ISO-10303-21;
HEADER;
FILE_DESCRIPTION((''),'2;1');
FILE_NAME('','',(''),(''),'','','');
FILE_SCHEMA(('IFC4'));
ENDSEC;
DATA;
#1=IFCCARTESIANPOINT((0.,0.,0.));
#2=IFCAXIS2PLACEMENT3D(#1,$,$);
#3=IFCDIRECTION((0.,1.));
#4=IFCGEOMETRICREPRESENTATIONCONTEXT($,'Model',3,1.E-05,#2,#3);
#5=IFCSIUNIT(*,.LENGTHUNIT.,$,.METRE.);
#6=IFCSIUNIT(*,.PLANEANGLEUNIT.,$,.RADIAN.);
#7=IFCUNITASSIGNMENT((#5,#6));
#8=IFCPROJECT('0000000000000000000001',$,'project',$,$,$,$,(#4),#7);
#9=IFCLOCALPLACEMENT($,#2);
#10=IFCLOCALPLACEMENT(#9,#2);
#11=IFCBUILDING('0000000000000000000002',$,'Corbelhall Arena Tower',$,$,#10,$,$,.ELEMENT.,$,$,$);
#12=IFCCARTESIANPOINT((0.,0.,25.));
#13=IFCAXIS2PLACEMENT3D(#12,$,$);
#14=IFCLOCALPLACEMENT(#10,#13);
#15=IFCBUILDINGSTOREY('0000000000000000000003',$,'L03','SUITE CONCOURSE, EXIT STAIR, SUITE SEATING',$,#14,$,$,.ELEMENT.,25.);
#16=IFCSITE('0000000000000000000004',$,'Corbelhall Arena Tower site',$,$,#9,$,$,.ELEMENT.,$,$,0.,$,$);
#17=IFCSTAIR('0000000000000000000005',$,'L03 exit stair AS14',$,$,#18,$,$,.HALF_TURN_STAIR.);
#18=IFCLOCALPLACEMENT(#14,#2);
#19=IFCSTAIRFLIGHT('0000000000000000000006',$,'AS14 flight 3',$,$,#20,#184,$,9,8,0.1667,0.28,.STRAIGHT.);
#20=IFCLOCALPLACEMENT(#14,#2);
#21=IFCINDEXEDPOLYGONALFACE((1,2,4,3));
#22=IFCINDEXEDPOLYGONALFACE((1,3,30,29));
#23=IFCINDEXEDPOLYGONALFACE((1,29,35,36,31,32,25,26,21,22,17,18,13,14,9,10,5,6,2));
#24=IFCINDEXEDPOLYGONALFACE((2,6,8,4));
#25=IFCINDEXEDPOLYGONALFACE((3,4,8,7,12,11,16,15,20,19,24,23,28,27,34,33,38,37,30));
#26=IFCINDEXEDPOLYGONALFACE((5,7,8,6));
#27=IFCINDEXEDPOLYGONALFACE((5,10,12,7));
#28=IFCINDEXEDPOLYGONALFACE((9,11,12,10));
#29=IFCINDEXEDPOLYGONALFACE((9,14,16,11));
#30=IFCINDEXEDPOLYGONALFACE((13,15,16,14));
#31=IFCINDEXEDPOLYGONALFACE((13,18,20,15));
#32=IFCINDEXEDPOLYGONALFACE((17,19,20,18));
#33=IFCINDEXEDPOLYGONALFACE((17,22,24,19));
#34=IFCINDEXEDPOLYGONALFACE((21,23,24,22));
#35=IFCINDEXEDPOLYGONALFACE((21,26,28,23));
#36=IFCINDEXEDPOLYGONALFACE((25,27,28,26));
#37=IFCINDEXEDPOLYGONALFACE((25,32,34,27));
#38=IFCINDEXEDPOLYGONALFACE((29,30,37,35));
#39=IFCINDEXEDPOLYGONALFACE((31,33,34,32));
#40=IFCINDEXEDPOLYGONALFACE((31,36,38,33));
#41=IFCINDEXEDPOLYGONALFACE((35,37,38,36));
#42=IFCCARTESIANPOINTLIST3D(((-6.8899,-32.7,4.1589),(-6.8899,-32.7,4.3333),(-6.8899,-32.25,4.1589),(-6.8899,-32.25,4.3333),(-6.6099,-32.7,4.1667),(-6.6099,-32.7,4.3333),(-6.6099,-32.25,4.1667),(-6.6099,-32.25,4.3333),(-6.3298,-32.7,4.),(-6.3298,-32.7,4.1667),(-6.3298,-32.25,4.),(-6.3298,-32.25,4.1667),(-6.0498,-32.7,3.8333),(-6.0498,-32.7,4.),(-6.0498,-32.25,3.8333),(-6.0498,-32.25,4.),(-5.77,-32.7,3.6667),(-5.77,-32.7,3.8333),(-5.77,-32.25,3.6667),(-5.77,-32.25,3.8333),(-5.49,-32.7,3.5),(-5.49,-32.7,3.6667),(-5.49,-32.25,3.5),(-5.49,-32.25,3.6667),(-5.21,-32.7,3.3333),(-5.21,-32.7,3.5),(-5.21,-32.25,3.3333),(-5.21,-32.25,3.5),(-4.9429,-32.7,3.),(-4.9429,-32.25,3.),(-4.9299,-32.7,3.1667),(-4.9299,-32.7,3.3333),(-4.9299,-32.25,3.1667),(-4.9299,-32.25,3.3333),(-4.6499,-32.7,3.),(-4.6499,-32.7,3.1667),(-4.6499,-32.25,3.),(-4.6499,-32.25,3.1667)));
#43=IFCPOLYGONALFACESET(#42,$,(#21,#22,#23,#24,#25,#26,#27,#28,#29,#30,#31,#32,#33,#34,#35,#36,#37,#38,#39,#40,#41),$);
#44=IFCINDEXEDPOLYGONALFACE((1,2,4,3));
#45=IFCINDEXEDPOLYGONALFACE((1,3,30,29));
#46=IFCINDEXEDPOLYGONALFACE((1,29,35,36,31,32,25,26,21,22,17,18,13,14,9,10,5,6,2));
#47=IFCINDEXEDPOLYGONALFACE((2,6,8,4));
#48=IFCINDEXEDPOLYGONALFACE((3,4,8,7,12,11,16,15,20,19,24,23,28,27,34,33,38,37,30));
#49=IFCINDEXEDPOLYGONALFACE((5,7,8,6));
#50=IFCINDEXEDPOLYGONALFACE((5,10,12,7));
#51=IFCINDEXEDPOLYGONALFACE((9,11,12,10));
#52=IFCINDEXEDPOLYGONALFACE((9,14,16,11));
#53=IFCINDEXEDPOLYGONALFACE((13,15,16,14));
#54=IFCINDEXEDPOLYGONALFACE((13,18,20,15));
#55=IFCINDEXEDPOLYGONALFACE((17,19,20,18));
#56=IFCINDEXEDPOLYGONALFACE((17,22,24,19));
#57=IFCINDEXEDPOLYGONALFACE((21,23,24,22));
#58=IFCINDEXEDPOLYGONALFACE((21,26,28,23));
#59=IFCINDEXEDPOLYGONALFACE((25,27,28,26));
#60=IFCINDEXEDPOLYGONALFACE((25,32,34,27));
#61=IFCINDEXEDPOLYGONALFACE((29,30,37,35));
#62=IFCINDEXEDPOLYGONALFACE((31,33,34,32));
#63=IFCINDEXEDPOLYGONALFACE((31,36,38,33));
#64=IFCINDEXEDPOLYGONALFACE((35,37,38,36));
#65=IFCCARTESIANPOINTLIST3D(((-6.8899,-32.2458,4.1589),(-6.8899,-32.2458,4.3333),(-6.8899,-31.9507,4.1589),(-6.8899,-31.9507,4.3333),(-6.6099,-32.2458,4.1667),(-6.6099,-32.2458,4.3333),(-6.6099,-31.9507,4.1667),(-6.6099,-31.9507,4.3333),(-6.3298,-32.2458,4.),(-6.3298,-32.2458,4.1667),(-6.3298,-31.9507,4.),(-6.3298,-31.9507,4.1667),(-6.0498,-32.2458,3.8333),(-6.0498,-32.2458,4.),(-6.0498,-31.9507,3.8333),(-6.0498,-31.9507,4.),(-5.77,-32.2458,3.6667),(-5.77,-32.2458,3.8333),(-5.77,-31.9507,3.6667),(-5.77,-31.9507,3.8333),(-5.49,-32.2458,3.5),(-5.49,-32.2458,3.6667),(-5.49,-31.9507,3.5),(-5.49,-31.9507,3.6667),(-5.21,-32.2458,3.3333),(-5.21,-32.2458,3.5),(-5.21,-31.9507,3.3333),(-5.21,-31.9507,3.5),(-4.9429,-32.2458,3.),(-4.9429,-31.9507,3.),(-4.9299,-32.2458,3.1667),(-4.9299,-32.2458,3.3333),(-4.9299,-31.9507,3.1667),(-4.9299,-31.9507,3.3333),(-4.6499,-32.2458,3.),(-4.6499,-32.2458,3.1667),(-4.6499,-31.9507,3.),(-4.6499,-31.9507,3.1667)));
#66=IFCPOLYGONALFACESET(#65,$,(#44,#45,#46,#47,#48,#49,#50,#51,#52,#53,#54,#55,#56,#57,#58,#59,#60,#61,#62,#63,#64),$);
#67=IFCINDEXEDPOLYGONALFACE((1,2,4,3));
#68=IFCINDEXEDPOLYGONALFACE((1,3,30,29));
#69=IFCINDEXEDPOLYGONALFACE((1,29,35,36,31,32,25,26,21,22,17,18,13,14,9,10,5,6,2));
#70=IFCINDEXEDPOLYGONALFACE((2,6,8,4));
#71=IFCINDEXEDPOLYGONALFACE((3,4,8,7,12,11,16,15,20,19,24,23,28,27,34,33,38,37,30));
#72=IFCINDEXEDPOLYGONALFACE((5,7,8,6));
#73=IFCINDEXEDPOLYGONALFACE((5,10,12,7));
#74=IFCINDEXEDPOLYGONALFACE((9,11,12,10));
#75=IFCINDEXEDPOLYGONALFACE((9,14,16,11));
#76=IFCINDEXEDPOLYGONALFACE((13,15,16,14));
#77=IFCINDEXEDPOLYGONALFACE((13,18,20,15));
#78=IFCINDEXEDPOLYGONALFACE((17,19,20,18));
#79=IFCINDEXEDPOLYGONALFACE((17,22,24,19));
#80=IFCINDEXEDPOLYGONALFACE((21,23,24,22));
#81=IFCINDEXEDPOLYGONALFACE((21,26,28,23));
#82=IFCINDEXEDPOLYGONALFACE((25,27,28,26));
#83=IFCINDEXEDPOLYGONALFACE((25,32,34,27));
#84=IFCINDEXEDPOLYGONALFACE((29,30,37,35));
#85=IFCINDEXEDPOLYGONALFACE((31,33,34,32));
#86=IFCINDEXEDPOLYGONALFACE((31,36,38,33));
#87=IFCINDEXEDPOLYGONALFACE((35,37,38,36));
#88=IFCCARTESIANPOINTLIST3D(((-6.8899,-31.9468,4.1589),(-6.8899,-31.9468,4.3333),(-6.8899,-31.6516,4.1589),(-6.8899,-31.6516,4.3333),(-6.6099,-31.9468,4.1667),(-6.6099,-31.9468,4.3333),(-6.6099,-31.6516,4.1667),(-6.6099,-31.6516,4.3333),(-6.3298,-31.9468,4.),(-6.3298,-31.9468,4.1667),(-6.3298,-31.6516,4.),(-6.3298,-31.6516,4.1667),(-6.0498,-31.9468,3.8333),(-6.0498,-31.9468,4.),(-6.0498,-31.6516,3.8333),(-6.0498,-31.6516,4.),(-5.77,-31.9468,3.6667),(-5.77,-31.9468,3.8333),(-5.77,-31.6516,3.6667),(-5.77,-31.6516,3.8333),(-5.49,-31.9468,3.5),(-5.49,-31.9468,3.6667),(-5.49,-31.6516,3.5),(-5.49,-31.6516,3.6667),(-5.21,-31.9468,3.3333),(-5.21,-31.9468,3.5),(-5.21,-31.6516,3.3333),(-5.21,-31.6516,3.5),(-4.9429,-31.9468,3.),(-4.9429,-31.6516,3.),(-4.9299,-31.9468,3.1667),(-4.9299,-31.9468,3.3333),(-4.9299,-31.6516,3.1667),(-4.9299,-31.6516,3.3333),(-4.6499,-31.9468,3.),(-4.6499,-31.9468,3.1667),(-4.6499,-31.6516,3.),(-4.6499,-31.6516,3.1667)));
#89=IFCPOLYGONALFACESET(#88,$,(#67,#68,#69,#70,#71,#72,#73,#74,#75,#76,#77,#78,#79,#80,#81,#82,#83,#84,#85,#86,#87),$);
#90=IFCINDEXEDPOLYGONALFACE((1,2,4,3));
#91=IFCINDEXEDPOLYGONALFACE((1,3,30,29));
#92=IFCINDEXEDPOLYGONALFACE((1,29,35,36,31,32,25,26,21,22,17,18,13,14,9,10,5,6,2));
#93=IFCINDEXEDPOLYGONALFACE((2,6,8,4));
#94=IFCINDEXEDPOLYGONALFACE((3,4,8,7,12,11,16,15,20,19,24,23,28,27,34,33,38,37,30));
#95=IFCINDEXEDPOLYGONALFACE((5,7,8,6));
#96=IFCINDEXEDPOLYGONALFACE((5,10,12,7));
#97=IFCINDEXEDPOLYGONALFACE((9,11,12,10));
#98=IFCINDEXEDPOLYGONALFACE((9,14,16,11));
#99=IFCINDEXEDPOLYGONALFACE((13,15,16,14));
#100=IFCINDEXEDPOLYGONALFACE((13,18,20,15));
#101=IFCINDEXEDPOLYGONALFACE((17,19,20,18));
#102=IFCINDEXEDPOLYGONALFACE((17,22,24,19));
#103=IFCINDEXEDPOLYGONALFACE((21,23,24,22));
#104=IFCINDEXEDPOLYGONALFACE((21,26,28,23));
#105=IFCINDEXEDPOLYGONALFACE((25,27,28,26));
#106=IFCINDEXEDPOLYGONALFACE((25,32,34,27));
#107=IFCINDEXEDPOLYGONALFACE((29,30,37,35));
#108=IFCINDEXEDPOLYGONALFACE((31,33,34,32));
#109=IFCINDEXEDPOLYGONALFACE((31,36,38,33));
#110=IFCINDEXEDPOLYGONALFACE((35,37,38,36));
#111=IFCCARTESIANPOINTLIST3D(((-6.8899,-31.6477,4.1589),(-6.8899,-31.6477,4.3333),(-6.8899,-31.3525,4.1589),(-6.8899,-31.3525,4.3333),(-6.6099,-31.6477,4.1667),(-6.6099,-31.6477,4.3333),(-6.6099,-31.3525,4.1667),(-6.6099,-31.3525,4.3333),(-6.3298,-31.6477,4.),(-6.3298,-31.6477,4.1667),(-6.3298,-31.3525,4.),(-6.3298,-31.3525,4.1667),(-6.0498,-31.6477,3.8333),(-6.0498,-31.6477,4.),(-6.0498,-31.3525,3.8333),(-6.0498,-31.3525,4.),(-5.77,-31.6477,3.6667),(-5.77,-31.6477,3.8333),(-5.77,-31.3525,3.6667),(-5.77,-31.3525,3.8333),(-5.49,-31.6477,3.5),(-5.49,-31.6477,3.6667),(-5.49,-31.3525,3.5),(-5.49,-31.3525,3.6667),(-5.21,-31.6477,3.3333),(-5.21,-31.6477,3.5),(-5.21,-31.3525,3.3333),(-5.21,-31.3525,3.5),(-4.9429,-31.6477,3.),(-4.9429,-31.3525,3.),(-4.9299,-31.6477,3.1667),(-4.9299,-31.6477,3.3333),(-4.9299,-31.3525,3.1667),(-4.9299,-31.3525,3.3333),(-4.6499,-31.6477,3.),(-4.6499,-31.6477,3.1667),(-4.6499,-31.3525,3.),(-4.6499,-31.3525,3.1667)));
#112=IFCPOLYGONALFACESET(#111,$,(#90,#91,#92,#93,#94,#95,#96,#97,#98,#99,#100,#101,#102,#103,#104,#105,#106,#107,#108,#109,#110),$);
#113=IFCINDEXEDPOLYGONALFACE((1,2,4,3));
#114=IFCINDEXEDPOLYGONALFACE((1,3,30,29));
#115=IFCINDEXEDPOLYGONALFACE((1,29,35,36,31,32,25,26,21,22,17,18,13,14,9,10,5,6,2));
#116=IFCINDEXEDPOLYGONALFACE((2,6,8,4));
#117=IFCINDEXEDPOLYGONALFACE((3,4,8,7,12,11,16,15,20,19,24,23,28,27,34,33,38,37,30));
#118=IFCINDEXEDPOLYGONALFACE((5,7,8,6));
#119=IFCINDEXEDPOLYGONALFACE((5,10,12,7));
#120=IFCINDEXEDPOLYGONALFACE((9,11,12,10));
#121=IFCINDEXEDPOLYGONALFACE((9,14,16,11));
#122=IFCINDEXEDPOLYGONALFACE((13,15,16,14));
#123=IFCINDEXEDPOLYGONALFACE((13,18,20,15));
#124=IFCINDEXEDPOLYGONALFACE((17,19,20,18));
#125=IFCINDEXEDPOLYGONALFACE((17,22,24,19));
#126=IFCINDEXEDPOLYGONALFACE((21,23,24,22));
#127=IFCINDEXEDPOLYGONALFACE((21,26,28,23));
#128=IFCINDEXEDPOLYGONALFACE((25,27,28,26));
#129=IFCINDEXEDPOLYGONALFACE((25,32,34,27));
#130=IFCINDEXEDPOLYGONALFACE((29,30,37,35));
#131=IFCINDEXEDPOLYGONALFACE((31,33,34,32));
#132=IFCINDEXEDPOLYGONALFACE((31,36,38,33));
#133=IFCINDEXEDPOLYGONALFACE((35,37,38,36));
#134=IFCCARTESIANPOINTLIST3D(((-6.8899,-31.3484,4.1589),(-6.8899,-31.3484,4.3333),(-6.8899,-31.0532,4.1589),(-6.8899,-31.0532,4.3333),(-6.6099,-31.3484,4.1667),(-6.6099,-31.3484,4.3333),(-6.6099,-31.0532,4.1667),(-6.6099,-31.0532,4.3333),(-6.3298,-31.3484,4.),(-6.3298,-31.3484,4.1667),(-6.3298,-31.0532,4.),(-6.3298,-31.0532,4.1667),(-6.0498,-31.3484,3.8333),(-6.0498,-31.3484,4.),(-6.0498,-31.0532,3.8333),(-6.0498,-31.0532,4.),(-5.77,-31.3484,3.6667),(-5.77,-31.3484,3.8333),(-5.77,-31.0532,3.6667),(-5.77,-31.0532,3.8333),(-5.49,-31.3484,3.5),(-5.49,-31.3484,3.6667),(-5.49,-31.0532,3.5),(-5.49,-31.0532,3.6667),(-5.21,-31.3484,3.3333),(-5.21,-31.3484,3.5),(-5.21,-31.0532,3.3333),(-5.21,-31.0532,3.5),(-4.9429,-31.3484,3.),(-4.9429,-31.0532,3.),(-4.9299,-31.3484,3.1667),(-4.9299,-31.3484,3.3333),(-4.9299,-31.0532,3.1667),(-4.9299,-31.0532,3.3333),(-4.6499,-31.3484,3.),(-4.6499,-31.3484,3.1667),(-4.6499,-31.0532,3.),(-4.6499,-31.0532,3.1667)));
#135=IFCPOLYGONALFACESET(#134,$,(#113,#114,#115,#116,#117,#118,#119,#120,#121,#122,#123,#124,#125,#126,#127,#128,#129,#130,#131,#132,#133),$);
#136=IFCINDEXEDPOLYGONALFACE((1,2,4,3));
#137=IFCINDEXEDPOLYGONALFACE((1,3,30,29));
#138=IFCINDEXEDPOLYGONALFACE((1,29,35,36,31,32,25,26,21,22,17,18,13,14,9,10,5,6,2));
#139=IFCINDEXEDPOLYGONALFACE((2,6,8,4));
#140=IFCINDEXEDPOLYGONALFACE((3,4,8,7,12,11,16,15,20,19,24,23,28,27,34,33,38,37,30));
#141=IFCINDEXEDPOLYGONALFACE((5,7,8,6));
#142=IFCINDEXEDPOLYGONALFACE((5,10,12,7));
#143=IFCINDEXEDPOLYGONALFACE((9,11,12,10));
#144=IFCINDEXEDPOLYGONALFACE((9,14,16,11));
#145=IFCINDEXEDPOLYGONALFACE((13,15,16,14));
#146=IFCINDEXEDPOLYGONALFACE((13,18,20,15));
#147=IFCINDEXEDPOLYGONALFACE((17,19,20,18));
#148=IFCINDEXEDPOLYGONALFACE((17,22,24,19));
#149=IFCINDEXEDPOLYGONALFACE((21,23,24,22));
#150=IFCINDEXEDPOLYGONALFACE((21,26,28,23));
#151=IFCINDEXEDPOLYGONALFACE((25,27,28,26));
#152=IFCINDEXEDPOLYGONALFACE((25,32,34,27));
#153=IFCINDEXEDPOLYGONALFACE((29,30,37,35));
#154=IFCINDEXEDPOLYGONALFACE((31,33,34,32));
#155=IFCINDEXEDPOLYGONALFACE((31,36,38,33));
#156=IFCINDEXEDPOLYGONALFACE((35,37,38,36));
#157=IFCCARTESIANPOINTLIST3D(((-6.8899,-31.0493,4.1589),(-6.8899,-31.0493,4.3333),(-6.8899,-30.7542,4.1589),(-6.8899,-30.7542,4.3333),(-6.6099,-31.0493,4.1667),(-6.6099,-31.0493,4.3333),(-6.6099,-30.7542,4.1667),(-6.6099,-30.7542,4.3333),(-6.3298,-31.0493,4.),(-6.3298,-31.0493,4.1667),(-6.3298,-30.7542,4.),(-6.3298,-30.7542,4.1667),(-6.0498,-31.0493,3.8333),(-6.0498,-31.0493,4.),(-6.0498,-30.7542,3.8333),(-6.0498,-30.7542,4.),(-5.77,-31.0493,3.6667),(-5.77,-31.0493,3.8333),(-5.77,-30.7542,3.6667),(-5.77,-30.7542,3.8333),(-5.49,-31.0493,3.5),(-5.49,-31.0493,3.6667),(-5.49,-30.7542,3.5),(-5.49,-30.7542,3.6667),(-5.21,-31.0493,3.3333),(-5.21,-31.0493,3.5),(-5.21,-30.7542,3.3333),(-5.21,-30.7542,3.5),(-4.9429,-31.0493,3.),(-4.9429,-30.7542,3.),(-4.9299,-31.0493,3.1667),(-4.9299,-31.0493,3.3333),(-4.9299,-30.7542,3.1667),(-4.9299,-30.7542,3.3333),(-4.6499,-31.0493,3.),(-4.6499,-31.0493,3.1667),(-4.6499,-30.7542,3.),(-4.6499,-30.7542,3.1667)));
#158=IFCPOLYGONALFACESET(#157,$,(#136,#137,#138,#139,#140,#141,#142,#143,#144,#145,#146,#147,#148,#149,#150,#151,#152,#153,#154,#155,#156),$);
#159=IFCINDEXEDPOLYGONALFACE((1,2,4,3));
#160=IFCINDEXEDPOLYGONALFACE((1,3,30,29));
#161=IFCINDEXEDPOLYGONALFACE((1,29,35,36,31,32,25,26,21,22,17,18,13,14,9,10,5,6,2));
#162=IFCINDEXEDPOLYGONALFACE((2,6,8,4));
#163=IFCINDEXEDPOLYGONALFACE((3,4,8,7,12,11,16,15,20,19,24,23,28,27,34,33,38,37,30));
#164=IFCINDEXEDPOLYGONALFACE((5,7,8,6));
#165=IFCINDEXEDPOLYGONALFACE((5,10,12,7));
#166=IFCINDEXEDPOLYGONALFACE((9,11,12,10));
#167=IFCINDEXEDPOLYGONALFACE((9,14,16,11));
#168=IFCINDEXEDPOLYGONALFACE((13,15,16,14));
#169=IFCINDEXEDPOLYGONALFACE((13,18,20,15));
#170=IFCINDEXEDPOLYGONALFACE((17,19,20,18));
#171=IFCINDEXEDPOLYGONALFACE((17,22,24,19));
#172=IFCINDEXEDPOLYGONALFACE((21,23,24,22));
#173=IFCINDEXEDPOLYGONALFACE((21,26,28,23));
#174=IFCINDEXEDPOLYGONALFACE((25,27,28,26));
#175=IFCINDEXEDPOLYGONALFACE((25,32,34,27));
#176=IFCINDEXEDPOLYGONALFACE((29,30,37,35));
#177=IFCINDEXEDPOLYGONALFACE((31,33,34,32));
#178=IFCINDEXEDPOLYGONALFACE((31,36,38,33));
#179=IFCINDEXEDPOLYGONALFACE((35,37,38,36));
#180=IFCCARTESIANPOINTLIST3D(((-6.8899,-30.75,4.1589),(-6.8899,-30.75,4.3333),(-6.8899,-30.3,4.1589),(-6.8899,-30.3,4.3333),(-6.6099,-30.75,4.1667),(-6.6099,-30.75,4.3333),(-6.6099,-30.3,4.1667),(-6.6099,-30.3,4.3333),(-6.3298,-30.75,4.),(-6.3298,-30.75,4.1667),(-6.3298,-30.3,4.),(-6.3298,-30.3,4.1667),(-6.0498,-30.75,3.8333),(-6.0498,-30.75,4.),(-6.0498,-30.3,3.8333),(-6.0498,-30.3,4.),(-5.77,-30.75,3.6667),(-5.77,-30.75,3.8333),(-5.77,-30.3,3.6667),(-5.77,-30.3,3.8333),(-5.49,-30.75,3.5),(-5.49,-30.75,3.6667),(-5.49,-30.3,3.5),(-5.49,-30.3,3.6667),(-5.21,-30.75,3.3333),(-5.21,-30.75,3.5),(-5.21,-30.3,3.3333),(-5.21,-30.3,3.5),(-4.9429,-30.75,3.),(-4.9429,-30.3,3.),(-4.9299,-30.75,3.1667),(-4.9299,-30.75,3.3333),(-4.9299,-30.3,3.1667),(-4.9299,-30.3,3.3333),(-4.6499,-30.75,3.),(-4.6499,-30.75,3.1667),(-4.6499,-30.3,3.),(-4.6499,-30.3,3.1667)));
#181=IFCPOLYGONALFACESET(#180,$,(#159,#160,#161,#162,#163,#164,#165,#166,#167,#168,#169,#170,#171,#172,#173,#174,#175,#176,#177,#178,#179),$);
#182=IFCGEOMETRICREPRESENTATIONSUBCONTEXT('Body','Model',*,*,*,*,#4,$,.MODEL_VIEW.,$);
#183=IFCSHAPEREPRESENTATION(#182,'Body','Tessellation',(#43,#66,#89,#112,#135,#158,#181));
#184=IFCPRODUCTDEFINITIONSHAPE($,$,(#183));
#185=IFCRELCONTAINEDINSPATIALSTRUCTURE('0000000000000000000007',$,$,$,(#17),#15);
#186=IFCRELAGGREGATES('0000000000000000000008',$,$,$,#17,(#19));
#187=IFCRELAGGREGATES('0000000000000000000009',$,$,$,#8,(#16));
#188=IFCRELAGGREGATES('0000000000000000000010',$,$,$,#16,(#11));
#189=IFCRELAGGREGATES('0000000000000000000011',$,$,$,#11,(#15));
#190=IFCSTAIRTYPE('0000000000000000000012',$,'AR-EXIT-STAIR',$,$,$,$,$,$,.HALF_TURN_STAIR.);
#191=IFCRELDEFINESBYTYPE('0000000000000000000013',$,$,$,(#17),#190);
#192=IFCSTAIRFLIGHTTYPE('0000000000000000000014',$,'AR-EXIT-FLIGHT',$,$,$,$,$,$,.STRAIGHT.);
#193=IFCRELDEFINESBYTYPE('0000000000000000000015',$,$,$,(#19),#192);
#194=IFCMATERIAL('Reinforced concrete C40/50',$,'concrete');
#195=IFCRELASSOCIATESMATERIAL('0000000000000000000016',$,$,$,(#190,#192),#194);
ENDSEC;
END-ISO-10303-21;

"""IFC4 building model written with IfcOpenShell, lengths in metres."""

from ifc_helpers import new_model, si_unit, direction, frame, origin, place, context, subcontext, project, spatial, polyline, outline, extrude, material, type_object, element, aggregate, save


model = new_model("IFC4")

# Units and contexts
model_context = context("Model", 3, precision=1e-05, world=origin(), true_north=direction((0.0, 1.0)))
body_context = subcontext(model_context, "Body", "Model", "MODEL_VIEW")
ifc_project = project(units=[si_unit("LENGTHUNIT", "METRE"), si_unit("PLANEANGLEUNIT", "RADIAN")], contexts=[model_context])

# Site, building, storey
site_placement = place(None, origin())
site = spatial("IfcSite", under=ifc_project, at=site_placement, Name="Corbelhall Arena Tower site", CompositionType="ELEMENT", RefElevation=0.0)
building_placement = place(site_placement, origin())
building = spatial("IfcBuilding", under=site, at=building_placement, Name="Corbelhall Arena Tower", CompositionType="ELEMENT")
storey_placement = place(building_placement, frame((0.0, 0.0, 25.0)))
storey = spatial("IfcBuildingStorey", under=building, at=storey_placement, Name="L03", Description="SUITE CONCOURSE, EXIT STAIR, SUITE SEATING", CompositionType="ELEMENT", Elevation=25.0)

# Shared definitions
ifc_material_1 = material(Name="Reinforced concrete C40/50", Category="concrete")
stair_type_1 = type_object("IfcStairType", Name="AR-EXIT-STAIR", PredefinedType="HALF_TURN_STAIR", material=ifc_material_1)

# Stair, stair flight
stair_1_placement = place(storey_placement, origin())
stair_1 = element("IfcStair", 1, at=stair_1_placement, inside=storey, type_object=stair_type_1, Name="L03 exit stair AS14", PredefinedType="HALF_TURN_STAIR")
stair_flight_type = type_object("IfcStairFlightType", Name="AR-EXIT-FLIGHT", PredefinedType="STRAIGHT", material=ifc_material_1)
stair_flight_placement = place(storey_placement, frame((-4.6499, -31.5, 3.0), z_axis=(0.0, 0.0, 1.0), x_axis=(-1.0, 0.0, 0.0)))
stair_flight = element("IfcStairFlight", 2, at=stair_flight_placement, type_object=stair_flight_type, Name="AS14 flight 3", NumberOfRisers=9, NumberOfTreads=8, PredefinedType="STRAIGHT", RiserHeight=0.1667, TreadLength=0.28, context=body_context, shape_type="SweptSolid", body=[
    extrude(outline(polyline([(0.0, 0.0), (0.0, 0.1667), (0.28, 0.1667), (0.28, 0.3333), (0.5601, 0.3333), (0.5601, 0.5), (0.8401, 0.5), (0.8401, 0.6667), (1.1201, 0.6667), (1.1201, 0.8333), (1.3999, 0.8333), (1.3999, 1.0), (1.6799, 1.0), (1.6799, 1.1667), (1.96, 1.1667), (1.96, 1.3333), (2.24, 1.3333), (2.24, 1.5), (2.24, 1.1589), (0.293, 0.0), (0.0, 0.0)])), frame((0.0, 1.2, 0.0), z_axis=(0.0, -1.0, 0.0), x_axis=(1.0, 0.0, 0.0)), (0.0, 0.0, 1.0), 0.45),
    extrude(outline(polyline([(0.0, 0.0), (0.0, 0.1667), (0.28, 0.1667), (0.28, 0.3333), (0.5601, 0.3333), (0.5601, 0.5), (0.8401, 0.5), (0.8401, 0.6667), (1.1201, 0.6667), (1.1201, 0.8333), (1.3999, 0.8333), (1.3999, 1.0), (1.6799, 1.0), (1.6799, 1.1667), (1.96, 1.1667), (1.96, 1.3333), (2.24, 1.3333), (2.24, 1.5), (2.24, 1.1589), (0.293, 0.0), (0.0, 0.0)])), frame((0.0, 0.7458, 0.0), z_axis=(0.0, -1.0, 0.0), x_axis=(1.0, 0.0, 0.0)), (0.0, 0.0, 1.0), 0.2952),
    extrude(outline(polyline([(0.0, 0.0), (0.0, 0.1667), (0.28, 0.1667), (0.28, 0.3333), (0.5601, 0.3333), (0.5601, 0.5), (0.8401, 0.5), (0.8401, 0.6667), (1.1201, 0.6667), (1.1201, 0.8333), (1.3999, 0.8333), (1.3999, 1.0), (1.6799, 1.0), (1.6799, 1.1667), (1.96, 1.1667), (1.96, 1.3333), (2.24, 1.3333), (2.24, 1.5), (2.24, 1.1589), (0.293, 0.0), (0.0, 0.0)])), frame((0.0, 0.4468, 0.0), z_axis=(0.0, -1.0, 0.0), x_axis=(1.0, 0.0, 0.0)), (0.0, 0.0, 1.0), 0.2952),
    extrude(outline(polyline([(0.0, 0.0), (0.0, 0.1667), (0.28, 0.1667), (0.28, 0.3333), (0.5601, 0.3333), (0.5601, 0.5), (0.8401, 0.5), (0.8401, 0.6667), (1.1201, 0.6667), (1.1201, 0.8333), (1.3999, 0.8333), (1.3999, 1.0), (1.6799, 1.0), (1.6799, 1.1667), (1.96, 1.1667), (1.96, 1.3333), (2.24, 1.3333), (2.24, 1.5), (2.24, 1.1589), (0.293, 0.0), (0.0, 0.0)])), frame((0.0, 0.1477, 0.0), z_axis=(0.0, -1.0, 0.0), x_axis=(1.0, 0.0, 0.0)), (0.0, 0.0, 1.0), 0.2952),
    extrude(outline(polyline([(0.0, 0.0), (0.0, 0.1667), (0.28, 0.1667), (0.28, 0.3333), (0.5601, 0.3333), (0.5601, 0.5), (0.8401, 0.5), (0.8401, 0.6667), (1.1201, 0.6667), (1.1201, 0.8333), (1.3999, 0.8333), (1.3999, 1.0), (1.6799, 1.0), (1.6799, 1.1667), (1.96, 1.1667), (1.96, 1.3333), (2.24, 1.3333), (2.24, 1.5), (2.24, 1.1589), (0.293, 0.0), (0.0, 0.0)])), frame((0.0, -0.1516, 0.0), z_axis=(0.0, -1.0, 0.0), x_axis=(1.0, 0.0, 0.0)), (0.0, 0.0, 1.0), 0.2952),
    extrude(outline(polyline([(0.0, 0.0), (0.0, 0.1667), (0.28, 0.1667), (0.28, 0.3333), (0.5601, 0.3333), (0.5601, 0.5), (0.8401, 0.5), (0.8401, 0.6667), (1.1201, 0.6667), (1.1201, 0.8333), (1.3999, 0.8333), (1.3999, 1.0), (1.6799, 1.0), (1.6799, 1.1667), (1.96, 1.1667), (1.96, 1.3333), (2.24, 1.3333), (2.24, 1.5), (2.24, 1.1589), (0.293, 0.0), (0.0, 0.0)])), frame((0.0, -0.4507, 0.0), z_axis=(0.0, -1.0, 0.0), x_axis=(1.0, 0.0, 0.0)), (0.0, 0.0, 1.0), 0.2952),
    extrude(outline(polyline([(0.0, 0.0), (0.0, 0.1667), (0.28, 0.1667), (0.28, 0.3333), (0.5601, 0.3333), (0.5601, 0.5), (0.8401, 0.5), (0.8401, 0.6667), (1.1201, 0.6667), (1.1201, 0.8333), (1.3999, 0.8333), (1.3999, 1.0), (1.6799, 1.0), (1.6799, 1.1667), (1.96, 1.1667), (1.96, 1.3333), (2.24, 1.3333), (2.24, 1.5), (2.24, 1.1589), (0.293, 0.0), (0.0, 0.0)])), frame((0.0, -0.75, 0.0), z_axis=(0.0, -1.0, 0.0), x_axis=(1.0, 0.0, 0.0)), (0.0, 0.0, 1.0), 0.45),
])
aggregate(stair_1, [stair_flight])

save(model, "model.ifc")
